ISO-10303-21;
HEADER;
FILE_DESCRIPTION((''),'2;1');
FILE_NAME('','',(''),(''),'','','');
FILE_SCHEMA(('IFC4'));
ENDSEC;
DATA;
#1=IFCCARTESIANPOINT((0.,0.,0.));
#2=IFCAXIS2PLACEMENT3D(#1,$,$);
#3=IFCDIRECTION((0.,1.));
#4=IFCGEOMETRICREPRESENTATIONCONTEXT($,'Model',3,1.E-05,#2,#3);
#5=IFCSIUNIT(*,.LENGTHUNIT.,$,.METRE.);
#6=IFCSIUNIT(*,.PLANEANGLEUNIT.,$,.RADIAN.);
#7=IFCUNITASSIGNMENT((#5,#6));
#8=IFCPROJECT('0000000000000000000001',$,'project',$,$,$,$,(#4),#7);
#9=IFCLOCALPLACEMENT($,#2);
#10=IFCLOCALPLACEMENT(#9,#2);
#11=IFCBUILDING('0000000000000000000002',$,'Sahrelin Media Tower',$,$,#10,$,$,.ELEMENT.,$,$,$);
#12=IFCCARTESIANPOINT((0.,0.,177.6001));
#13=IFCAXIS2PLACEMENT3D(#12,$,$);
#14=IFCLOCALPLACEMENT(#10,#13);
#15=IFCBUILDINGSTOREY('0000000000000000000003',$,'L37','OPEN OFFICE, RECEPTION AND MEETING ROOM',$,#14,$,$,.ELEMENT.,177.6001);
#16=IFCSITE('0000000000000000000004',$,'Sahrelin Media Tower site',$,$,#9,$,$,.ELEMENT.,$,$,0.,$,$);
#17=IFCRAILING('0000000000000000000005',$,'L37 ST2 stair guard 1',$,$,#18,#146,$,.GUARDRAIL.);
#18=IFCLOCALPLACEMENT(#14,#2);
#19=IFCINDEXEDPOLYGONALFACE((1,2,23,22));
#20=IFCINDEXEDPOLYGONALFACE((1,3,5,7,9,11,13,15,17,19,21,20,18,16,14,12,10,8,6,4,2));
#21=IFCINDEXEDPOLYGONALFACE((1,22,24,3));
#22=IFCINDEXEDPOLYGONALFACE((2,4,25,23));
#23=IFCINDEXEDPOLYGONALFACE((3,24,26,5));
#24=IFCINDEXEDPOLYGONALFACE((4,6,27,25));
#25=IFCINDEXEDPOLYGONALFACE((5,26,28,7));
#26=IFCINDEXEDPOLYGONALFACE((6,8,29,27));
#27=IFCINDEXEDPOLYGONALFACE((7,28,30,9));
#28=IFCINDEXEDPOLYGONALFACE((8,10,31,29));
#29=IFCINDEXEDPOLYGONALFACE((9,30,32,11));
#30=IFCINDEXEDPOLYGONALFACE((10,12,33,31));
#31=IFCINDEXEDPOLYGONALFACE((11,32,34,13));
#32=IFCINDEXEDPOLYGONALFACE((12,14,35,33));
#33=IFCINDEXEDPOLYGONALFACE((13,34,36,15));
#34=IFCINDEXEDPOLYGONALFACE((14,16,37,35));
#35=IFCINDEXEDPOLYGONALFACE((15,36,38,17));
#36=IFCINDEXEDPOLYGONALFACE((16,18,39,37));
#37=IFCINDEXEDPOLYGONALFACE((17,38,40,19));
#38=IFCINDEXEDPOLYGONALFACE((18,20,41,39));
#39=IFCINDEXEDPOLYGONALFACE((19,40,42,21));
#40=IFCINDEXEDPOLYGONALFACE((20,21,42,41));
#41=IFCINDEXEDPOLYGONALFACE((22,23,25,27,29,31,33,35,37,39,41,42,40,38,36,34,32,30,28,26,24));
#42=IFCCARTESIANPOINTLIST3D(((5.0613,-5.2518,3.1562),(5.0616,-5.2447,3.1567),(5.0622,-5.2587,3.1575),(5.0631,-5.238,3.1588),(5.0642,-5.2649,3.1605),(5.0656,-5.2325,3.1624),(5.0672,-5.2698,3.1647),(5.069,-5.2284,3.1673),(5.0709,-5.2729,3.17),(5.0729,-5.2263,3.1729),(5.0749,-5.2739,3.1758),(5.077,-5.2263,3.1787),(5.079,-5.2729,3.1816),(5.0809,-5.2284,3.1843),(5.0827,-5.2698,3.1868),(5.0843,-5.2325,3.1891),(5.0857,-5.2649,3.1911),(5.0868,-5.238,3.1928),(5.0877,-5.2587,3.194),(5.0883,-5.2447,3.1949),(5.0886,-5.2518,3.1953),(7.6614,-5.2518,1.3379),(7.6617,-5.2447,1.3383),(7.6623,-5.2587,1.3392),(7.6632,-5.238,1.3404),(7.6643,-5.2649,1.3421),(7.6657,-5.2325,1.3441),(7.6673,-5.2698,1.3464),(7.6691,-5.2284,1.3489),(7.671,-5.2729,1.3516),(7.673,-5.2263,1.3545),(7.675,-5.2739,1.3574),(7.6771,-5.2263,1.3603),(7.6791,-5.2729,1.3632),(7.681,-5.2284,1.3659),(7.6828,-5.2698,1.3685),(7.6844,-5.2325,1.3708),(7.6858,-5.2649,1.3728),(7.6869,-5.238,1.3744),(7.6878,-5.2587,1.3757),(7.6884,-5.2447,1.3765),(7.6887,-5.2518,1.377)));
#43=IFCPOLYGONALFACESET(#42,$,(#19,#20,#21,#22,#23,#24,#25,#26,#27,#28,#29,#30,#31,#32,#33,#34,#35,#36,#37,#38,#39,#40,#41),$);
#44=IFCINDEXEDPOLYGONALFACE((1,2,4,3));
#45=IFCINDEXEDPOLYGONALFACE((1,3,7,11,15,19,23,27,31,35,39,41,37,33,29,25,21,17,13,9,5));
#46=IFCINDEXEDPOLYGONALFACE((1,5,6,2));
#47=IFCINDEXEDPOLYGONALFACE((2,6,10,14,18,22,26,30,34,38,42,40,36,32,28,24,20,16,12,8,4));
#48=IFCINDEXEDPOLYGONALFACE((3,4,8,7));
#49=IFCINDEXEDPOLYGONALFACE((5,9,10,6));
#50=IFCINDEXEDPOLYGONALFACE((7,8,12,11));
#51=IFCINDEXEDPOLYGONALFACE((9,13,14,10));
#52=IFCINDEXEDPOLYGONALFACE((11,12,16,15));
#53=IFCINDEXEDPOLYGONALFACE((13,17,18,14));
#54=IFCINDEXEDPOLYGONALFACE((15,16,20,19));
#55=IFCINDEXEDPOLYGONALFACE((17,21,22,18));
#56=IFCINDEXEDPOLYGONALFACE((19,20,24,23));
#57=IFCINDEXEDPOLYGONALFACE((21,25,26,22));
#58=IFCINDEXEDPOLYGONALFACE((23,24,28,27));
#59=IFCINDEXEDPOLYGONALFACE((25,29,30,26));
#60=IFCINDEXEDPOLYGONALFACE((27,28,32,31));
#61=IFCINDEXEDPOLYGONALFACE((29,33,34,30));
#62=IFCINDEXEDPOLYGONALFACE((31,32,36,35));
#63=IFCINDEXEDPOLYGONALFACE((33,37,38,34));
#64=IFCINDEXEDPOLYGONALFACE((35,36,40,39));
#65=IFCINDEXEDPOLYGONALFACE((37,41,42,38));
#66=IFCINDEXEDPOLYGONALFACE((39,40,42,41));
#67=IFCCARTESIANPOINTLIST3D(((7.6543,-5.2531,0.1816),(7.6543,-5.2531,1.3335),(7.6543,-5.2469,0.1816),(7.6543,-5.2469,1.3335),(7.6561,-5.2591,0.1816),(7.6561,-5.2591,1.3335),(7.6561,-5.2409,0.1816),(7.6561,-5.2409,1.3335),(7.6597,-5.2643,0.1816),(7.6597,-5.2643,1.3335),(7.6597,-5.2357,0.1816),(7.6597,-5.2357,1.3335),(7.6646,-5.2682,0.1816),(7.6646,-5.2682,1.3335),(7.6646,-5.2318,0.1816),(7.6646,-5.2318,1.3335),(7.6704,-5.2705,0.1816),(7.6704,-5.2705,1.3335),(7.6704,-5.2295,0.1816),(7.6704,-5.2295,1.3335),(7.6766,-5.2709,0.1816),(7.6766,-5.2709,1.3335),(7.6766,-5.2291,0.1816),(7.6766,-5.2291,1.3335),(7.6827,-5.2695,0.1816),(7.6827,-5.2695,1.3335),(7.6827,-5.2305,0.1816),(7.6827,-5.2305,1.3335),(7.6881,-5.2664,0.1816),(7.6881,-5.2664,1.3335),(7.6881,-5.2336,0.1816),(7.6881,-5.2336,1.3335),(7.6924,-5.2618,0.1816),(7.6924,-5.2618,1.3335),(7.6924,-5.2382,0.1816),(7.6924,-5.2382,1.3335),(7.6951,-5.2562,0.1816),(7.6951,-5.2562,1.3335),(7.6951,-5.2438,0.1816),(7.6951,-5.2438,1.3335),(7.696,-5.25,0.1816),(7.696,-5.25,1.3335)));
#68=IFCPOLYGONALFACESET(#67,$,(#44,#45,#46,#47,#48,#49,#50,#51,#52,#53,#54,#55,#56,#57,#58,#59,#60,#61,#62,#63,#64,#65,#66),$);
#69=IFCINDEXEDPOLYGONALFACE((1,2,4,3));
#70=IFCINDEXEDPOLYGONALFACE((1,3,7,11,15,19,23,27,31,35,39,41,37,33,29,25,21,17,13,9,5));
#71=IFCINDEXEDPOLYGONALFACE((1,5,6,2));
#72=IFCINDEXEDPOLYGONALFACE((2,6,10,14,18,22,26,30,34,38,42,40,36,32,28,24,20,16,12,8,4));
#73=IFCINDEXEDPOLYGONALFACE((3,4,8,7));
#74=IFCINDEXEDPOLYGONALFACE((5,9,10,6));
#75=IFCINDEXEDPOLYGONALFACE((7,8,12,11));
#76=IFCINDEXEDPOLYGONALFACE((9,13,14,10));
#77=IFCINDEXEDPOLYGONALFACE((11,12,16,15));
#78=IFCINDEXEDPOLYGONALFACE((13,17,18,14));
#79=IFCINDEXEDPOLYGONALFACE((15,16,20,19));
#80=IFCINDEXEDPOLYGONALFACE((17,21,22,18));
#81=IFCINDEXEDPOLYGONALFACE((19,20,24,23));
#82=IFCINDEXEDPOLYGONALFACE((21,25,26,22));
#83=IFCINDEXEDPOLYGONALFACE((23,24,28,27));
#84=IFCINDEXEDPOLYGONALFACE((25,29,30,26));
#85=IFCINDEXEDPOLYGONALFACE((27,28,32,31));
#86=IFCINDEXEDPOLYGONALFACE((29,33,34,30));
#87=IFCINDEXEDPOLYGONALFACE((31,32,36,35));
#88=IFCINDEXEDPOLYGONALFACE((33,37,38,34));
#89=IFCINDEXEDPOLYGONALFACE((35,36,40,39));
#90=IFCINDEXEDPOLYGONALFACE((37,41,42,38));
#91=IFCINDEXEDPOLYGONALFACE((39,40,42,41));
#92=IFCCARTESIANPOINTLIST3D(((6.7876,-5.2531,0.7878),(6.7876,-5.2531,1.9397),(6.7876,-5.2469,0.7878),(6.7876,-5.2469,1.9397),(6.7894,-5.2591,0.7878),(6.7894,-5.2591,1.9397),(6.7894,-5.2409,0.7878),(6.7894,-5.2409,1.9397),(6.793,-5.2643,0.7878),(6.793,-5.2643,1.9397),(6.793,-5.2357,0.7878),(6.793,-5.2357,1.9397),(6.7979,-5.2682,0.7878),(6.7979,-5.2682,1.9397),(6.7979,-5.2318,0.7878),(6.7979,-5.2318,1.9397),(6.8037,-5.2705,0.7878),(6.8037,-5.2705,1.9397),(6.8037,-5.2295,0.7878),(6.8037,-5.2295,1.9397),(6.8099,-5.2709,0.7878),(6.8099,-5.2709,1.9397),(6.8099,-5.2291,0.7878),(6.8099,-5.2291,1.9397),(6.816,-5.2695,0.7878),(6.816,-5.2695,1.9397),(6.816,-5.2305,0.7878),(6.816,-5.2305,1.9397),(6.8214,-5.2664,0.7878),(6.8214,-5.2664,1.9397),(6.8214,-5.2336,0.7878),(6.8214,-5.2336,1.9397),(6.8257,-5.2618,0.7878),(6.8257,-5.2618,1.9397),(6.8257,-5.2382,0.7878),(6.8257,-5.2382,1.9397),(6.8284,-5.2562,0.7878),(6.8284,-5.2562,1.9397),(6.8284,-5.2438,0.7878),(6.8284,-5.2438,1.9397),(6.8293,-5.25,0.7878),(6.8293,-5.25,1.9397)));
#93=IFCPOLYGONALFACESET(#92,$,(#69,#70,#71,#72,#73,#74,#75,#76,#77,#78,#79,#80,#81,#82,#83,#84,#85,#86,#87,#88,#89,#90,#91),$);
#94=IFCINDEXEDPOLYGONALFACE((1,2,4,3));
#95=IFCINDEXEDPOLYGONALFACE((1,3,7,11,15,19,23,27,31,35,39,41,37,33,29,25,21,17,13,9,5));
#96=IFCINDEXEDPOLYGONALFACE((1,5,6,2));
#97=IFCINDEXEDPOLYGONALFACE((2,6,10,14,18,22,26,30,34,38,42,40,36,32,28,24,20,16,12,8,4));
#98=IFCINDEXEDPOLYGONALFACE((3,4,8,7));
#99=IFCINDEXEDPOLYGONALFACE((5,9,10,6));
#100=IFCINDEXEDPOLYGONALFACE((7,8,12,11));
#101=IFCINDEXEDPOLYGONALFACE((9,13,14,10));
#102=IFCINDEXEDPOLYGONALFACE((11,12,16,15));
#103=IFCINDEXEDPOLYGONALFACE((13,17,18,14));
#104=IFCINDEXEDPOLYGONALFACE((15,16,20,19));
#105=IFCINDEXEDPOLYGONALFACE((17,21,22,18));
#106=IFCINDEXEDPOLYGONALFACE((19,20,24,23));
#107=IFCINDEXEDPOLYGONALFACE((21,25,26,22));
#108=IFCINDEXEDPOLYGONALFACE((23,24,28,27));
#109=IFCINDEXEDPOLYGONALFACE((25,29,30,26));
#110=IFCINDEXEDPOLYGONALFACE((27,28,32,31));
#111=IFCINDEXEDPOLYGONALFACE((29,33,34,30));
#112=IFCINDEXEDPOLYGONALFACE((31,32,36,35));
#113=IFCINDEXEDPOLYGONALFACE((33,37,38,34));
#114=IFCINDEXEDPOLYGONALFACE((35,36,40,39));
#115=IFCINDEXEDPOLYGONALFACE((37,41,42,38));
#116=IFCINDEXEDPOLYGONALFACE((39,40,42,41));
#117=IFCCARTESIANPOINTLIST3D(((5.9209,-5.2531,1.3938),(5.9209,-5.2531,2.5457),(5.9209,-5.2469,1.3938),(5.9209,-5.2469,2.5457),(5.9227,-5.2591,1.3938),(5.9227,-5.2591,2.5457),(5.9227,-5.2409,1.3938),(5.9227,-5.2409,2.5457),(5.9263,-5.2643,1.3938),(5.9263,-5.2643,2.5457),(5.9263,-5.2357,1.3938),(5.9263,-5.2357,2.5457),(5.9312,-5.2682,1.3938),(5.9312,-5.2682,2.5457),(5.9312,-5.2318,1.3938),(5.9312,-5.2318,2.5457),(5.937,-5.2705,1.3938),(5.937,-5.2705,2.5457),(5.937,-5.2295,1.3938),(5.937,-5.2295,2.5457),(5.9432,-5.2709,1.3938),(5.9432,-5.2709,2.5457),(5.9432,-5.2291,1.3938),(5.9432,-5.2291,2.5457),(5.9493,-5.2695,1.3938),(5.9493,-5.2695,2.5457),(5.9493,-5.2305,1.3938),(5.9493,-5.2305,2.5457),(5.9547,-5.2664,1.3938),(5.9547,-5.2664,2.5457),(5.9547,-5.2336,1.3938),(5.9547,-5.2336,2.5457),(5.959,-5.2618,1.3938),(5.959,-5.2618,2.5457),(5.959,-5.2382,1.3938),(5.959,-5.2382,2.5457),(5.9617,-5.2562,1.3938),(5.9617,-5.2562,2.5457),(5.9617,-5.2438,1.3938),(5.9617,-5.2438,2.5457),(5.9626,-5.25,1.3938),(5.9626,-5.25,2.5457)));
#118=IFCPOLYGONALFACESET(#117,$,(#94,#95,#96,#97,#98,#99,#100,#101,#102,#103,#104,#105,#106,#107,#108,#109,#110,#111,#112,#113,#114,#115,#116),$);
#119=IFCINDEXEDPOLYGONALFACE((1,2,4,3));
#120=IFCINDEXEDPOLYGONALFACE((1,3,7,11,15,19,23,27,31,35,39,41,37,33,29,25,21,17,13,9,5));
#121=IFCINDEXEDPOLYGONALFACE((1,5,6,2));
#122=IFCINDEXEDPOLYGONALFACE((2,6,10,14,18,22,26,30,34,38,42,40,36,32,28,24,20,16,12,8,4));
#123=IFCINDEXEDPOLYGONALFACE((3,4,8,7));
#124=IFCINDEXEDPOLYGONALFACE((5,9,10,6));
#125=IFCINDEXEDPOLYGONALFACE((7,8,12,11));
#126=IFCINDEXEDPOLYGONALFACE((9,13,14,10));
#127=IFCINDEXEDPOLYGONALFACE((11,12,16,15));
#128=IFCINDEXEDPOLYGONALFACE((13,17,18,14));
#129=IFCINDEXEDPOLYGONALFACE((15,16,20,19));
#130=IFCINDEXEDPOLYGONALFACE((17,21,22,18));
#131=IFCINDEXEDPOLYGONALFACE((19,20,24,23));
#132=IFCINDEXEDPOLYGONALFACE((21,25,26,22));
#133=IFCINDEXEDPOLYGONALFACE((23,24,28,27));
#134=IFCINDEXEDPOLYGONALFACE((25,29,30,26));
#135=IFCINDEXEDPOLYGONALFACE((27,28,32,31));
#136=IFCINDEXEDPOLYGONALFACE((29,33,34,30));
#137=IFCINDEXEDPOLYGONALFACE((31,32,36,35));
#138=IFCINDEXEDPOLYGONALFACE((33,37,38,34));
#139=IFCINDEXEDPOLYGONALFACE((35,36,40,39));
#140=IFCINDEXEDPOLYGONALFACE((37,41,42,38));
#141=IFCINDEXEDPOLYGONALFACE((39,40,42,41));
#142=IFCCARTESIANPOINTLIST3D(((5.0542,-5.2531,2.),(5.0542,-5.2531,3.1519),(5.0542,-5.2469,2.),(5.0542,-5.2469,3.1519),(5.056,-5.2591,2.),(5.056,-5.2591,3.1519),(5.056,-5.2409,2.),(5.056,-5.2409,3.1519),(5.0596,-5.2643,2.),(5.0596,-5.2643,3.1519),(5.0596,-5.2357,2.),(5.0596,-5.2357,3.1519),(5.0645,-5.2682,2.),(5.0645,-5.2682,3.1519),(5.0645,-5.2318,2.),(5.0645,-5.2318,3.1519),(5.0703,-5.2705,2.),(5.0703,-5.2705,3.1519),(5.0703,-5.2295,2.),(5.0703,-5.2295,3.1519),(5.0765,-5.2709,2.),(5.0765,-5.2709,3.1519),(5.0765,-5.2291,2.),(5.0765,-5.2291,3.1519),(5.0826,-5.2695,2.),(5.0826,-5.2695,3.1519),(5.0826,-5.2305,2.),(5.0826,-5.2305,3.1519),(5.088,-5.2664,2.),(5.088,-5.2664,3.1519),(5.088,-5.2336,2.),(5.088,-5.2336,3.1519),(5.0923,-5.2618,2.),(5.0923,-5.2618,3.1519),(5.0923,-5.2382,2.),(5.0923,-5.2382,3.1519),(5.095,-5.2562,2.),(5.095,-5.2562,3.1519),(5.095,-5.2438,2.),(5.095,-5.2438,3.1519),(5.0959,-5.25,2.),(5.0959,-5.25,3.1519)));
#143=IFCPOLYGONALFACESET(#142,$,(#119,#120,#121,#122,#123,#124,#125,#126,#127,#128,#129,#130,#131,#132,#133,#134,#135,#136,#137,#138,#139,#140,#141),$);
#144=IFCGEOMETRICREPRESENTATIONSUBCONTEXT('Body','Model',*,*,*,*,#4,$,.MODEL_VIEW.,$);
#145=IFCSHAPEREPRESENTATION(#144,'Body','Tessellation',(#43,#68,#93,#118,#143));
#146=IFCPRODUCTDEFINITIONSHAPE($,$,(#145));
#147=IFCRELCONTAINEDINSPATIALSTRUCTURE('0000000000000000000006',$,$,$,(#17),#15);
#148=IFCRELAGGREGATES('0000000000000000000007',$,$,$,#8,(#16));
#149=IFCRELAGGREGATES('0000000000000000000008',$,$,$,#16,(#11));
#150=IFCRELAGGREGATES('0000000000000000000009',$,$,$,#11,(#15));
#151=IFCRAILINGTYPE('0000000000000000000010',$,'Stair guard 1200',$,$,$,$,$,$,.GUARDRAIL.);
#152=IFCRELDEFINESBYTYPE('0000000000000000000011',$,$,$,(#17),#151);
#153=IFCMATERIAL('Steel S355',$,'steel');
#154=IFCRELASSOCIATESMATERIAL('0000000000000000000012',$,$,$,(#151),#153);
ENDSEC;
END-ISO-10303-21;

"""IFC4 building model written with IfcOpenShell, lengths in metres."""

from ifc_helpers import new_model, si_unit, direction, frame, origin, origin_2d, place, context, subcontext, project, spatial, circle, extrude, material, type_object, element, save


model = new_model("IFC4")

# Units and contexts
model_context = context("Model", 3, precision=1e-05, world=origin(), true_north=direction((0.0, 1.0)))
body_context = subcontext(model_context, "Body", "Model", "MODEL_VIEW")
ifc_project = project(units=[si_unit("LENGTHUNIT", "METRE"), si_unit("PLANEANGLEUNIT", "RADIAN")], contexts=[model_context])

# Site, building, storey
site_placement = place(None, origin())
site = spatial("IfcSite", under=ifc_project, at=site_placement, Name="Sahrelin Media Tower site", CompositionType="ELEMENT", RefElevation=0.0)
building_placement = place(site_placement, origin())
building = spatial("IfcBuilding", under=site, at=building_placement, Name="Sahrelin Media Tower", CompositionType="ELEMENT")
storey_placement = place(building_placement, frame((0.0, 0.0, 177.6001)))
storey = spatial("IfcBuildingStorey", under=building, at=storey_placement, Name="L37", Description="OPEN OFFICE, RECEPTION AND MEETING ROOM", CompositionType="ELEMENT", Elevation=177.6001)

# Shared definitions
ifc_material_1 = material(Name="Steel S355", Category="steel")

# Railing
railing_type_1 = type_object("IfcRailingType", Name="Stair guard 1200", PredefinedType="GUARDRAIL", material=ifc_material_1)
railing_1_placement = place(storey_placement, frame((7.675, -5.25, 0.1816)))
element("IfcRailing", 1, at=railing_1_placement, inside=storey, type_object=railing_type_1, Name="L37 ST2 stair guard 1", PredefinedType="GUARDRAIL", context=body_context, shape_type="SweptSolid", body=[
    extrude(circle(Radius=0.0239, at=origin_2d()), frame((0.0, 0.0, 1.1758), z_axis=(-0.819485, 0.0, 0.573101), x_axis=(0.0, -1.0, 0.0)), (0.0, 0.0, 1.0), 3.1729),
    extrude(circle(Radius=0.021, at=origin_2d()), origin(), (0.0, 0.0, 1.0), 1.1519),
    extrude(circle(Radius=0.021, at=origin_2d()), frame((-0.8667, 0.0, 0.6062)), (0.0, 0.0, 1.0), 1.1519),
    extrude(circle(Radius=0.021, at=origin_2d()), frame((-1.7334, 0.0, 1.2122)), (0.0, 0.0, 1.0), 1.1519),
    extrude(circle(Radius=0.021, at=origin_2d()), frame((-2.6001, 0.0, 1.8184)), (0.0, 0.0, 1.0), 1.1519),
])

save(model, "model.ifc")
